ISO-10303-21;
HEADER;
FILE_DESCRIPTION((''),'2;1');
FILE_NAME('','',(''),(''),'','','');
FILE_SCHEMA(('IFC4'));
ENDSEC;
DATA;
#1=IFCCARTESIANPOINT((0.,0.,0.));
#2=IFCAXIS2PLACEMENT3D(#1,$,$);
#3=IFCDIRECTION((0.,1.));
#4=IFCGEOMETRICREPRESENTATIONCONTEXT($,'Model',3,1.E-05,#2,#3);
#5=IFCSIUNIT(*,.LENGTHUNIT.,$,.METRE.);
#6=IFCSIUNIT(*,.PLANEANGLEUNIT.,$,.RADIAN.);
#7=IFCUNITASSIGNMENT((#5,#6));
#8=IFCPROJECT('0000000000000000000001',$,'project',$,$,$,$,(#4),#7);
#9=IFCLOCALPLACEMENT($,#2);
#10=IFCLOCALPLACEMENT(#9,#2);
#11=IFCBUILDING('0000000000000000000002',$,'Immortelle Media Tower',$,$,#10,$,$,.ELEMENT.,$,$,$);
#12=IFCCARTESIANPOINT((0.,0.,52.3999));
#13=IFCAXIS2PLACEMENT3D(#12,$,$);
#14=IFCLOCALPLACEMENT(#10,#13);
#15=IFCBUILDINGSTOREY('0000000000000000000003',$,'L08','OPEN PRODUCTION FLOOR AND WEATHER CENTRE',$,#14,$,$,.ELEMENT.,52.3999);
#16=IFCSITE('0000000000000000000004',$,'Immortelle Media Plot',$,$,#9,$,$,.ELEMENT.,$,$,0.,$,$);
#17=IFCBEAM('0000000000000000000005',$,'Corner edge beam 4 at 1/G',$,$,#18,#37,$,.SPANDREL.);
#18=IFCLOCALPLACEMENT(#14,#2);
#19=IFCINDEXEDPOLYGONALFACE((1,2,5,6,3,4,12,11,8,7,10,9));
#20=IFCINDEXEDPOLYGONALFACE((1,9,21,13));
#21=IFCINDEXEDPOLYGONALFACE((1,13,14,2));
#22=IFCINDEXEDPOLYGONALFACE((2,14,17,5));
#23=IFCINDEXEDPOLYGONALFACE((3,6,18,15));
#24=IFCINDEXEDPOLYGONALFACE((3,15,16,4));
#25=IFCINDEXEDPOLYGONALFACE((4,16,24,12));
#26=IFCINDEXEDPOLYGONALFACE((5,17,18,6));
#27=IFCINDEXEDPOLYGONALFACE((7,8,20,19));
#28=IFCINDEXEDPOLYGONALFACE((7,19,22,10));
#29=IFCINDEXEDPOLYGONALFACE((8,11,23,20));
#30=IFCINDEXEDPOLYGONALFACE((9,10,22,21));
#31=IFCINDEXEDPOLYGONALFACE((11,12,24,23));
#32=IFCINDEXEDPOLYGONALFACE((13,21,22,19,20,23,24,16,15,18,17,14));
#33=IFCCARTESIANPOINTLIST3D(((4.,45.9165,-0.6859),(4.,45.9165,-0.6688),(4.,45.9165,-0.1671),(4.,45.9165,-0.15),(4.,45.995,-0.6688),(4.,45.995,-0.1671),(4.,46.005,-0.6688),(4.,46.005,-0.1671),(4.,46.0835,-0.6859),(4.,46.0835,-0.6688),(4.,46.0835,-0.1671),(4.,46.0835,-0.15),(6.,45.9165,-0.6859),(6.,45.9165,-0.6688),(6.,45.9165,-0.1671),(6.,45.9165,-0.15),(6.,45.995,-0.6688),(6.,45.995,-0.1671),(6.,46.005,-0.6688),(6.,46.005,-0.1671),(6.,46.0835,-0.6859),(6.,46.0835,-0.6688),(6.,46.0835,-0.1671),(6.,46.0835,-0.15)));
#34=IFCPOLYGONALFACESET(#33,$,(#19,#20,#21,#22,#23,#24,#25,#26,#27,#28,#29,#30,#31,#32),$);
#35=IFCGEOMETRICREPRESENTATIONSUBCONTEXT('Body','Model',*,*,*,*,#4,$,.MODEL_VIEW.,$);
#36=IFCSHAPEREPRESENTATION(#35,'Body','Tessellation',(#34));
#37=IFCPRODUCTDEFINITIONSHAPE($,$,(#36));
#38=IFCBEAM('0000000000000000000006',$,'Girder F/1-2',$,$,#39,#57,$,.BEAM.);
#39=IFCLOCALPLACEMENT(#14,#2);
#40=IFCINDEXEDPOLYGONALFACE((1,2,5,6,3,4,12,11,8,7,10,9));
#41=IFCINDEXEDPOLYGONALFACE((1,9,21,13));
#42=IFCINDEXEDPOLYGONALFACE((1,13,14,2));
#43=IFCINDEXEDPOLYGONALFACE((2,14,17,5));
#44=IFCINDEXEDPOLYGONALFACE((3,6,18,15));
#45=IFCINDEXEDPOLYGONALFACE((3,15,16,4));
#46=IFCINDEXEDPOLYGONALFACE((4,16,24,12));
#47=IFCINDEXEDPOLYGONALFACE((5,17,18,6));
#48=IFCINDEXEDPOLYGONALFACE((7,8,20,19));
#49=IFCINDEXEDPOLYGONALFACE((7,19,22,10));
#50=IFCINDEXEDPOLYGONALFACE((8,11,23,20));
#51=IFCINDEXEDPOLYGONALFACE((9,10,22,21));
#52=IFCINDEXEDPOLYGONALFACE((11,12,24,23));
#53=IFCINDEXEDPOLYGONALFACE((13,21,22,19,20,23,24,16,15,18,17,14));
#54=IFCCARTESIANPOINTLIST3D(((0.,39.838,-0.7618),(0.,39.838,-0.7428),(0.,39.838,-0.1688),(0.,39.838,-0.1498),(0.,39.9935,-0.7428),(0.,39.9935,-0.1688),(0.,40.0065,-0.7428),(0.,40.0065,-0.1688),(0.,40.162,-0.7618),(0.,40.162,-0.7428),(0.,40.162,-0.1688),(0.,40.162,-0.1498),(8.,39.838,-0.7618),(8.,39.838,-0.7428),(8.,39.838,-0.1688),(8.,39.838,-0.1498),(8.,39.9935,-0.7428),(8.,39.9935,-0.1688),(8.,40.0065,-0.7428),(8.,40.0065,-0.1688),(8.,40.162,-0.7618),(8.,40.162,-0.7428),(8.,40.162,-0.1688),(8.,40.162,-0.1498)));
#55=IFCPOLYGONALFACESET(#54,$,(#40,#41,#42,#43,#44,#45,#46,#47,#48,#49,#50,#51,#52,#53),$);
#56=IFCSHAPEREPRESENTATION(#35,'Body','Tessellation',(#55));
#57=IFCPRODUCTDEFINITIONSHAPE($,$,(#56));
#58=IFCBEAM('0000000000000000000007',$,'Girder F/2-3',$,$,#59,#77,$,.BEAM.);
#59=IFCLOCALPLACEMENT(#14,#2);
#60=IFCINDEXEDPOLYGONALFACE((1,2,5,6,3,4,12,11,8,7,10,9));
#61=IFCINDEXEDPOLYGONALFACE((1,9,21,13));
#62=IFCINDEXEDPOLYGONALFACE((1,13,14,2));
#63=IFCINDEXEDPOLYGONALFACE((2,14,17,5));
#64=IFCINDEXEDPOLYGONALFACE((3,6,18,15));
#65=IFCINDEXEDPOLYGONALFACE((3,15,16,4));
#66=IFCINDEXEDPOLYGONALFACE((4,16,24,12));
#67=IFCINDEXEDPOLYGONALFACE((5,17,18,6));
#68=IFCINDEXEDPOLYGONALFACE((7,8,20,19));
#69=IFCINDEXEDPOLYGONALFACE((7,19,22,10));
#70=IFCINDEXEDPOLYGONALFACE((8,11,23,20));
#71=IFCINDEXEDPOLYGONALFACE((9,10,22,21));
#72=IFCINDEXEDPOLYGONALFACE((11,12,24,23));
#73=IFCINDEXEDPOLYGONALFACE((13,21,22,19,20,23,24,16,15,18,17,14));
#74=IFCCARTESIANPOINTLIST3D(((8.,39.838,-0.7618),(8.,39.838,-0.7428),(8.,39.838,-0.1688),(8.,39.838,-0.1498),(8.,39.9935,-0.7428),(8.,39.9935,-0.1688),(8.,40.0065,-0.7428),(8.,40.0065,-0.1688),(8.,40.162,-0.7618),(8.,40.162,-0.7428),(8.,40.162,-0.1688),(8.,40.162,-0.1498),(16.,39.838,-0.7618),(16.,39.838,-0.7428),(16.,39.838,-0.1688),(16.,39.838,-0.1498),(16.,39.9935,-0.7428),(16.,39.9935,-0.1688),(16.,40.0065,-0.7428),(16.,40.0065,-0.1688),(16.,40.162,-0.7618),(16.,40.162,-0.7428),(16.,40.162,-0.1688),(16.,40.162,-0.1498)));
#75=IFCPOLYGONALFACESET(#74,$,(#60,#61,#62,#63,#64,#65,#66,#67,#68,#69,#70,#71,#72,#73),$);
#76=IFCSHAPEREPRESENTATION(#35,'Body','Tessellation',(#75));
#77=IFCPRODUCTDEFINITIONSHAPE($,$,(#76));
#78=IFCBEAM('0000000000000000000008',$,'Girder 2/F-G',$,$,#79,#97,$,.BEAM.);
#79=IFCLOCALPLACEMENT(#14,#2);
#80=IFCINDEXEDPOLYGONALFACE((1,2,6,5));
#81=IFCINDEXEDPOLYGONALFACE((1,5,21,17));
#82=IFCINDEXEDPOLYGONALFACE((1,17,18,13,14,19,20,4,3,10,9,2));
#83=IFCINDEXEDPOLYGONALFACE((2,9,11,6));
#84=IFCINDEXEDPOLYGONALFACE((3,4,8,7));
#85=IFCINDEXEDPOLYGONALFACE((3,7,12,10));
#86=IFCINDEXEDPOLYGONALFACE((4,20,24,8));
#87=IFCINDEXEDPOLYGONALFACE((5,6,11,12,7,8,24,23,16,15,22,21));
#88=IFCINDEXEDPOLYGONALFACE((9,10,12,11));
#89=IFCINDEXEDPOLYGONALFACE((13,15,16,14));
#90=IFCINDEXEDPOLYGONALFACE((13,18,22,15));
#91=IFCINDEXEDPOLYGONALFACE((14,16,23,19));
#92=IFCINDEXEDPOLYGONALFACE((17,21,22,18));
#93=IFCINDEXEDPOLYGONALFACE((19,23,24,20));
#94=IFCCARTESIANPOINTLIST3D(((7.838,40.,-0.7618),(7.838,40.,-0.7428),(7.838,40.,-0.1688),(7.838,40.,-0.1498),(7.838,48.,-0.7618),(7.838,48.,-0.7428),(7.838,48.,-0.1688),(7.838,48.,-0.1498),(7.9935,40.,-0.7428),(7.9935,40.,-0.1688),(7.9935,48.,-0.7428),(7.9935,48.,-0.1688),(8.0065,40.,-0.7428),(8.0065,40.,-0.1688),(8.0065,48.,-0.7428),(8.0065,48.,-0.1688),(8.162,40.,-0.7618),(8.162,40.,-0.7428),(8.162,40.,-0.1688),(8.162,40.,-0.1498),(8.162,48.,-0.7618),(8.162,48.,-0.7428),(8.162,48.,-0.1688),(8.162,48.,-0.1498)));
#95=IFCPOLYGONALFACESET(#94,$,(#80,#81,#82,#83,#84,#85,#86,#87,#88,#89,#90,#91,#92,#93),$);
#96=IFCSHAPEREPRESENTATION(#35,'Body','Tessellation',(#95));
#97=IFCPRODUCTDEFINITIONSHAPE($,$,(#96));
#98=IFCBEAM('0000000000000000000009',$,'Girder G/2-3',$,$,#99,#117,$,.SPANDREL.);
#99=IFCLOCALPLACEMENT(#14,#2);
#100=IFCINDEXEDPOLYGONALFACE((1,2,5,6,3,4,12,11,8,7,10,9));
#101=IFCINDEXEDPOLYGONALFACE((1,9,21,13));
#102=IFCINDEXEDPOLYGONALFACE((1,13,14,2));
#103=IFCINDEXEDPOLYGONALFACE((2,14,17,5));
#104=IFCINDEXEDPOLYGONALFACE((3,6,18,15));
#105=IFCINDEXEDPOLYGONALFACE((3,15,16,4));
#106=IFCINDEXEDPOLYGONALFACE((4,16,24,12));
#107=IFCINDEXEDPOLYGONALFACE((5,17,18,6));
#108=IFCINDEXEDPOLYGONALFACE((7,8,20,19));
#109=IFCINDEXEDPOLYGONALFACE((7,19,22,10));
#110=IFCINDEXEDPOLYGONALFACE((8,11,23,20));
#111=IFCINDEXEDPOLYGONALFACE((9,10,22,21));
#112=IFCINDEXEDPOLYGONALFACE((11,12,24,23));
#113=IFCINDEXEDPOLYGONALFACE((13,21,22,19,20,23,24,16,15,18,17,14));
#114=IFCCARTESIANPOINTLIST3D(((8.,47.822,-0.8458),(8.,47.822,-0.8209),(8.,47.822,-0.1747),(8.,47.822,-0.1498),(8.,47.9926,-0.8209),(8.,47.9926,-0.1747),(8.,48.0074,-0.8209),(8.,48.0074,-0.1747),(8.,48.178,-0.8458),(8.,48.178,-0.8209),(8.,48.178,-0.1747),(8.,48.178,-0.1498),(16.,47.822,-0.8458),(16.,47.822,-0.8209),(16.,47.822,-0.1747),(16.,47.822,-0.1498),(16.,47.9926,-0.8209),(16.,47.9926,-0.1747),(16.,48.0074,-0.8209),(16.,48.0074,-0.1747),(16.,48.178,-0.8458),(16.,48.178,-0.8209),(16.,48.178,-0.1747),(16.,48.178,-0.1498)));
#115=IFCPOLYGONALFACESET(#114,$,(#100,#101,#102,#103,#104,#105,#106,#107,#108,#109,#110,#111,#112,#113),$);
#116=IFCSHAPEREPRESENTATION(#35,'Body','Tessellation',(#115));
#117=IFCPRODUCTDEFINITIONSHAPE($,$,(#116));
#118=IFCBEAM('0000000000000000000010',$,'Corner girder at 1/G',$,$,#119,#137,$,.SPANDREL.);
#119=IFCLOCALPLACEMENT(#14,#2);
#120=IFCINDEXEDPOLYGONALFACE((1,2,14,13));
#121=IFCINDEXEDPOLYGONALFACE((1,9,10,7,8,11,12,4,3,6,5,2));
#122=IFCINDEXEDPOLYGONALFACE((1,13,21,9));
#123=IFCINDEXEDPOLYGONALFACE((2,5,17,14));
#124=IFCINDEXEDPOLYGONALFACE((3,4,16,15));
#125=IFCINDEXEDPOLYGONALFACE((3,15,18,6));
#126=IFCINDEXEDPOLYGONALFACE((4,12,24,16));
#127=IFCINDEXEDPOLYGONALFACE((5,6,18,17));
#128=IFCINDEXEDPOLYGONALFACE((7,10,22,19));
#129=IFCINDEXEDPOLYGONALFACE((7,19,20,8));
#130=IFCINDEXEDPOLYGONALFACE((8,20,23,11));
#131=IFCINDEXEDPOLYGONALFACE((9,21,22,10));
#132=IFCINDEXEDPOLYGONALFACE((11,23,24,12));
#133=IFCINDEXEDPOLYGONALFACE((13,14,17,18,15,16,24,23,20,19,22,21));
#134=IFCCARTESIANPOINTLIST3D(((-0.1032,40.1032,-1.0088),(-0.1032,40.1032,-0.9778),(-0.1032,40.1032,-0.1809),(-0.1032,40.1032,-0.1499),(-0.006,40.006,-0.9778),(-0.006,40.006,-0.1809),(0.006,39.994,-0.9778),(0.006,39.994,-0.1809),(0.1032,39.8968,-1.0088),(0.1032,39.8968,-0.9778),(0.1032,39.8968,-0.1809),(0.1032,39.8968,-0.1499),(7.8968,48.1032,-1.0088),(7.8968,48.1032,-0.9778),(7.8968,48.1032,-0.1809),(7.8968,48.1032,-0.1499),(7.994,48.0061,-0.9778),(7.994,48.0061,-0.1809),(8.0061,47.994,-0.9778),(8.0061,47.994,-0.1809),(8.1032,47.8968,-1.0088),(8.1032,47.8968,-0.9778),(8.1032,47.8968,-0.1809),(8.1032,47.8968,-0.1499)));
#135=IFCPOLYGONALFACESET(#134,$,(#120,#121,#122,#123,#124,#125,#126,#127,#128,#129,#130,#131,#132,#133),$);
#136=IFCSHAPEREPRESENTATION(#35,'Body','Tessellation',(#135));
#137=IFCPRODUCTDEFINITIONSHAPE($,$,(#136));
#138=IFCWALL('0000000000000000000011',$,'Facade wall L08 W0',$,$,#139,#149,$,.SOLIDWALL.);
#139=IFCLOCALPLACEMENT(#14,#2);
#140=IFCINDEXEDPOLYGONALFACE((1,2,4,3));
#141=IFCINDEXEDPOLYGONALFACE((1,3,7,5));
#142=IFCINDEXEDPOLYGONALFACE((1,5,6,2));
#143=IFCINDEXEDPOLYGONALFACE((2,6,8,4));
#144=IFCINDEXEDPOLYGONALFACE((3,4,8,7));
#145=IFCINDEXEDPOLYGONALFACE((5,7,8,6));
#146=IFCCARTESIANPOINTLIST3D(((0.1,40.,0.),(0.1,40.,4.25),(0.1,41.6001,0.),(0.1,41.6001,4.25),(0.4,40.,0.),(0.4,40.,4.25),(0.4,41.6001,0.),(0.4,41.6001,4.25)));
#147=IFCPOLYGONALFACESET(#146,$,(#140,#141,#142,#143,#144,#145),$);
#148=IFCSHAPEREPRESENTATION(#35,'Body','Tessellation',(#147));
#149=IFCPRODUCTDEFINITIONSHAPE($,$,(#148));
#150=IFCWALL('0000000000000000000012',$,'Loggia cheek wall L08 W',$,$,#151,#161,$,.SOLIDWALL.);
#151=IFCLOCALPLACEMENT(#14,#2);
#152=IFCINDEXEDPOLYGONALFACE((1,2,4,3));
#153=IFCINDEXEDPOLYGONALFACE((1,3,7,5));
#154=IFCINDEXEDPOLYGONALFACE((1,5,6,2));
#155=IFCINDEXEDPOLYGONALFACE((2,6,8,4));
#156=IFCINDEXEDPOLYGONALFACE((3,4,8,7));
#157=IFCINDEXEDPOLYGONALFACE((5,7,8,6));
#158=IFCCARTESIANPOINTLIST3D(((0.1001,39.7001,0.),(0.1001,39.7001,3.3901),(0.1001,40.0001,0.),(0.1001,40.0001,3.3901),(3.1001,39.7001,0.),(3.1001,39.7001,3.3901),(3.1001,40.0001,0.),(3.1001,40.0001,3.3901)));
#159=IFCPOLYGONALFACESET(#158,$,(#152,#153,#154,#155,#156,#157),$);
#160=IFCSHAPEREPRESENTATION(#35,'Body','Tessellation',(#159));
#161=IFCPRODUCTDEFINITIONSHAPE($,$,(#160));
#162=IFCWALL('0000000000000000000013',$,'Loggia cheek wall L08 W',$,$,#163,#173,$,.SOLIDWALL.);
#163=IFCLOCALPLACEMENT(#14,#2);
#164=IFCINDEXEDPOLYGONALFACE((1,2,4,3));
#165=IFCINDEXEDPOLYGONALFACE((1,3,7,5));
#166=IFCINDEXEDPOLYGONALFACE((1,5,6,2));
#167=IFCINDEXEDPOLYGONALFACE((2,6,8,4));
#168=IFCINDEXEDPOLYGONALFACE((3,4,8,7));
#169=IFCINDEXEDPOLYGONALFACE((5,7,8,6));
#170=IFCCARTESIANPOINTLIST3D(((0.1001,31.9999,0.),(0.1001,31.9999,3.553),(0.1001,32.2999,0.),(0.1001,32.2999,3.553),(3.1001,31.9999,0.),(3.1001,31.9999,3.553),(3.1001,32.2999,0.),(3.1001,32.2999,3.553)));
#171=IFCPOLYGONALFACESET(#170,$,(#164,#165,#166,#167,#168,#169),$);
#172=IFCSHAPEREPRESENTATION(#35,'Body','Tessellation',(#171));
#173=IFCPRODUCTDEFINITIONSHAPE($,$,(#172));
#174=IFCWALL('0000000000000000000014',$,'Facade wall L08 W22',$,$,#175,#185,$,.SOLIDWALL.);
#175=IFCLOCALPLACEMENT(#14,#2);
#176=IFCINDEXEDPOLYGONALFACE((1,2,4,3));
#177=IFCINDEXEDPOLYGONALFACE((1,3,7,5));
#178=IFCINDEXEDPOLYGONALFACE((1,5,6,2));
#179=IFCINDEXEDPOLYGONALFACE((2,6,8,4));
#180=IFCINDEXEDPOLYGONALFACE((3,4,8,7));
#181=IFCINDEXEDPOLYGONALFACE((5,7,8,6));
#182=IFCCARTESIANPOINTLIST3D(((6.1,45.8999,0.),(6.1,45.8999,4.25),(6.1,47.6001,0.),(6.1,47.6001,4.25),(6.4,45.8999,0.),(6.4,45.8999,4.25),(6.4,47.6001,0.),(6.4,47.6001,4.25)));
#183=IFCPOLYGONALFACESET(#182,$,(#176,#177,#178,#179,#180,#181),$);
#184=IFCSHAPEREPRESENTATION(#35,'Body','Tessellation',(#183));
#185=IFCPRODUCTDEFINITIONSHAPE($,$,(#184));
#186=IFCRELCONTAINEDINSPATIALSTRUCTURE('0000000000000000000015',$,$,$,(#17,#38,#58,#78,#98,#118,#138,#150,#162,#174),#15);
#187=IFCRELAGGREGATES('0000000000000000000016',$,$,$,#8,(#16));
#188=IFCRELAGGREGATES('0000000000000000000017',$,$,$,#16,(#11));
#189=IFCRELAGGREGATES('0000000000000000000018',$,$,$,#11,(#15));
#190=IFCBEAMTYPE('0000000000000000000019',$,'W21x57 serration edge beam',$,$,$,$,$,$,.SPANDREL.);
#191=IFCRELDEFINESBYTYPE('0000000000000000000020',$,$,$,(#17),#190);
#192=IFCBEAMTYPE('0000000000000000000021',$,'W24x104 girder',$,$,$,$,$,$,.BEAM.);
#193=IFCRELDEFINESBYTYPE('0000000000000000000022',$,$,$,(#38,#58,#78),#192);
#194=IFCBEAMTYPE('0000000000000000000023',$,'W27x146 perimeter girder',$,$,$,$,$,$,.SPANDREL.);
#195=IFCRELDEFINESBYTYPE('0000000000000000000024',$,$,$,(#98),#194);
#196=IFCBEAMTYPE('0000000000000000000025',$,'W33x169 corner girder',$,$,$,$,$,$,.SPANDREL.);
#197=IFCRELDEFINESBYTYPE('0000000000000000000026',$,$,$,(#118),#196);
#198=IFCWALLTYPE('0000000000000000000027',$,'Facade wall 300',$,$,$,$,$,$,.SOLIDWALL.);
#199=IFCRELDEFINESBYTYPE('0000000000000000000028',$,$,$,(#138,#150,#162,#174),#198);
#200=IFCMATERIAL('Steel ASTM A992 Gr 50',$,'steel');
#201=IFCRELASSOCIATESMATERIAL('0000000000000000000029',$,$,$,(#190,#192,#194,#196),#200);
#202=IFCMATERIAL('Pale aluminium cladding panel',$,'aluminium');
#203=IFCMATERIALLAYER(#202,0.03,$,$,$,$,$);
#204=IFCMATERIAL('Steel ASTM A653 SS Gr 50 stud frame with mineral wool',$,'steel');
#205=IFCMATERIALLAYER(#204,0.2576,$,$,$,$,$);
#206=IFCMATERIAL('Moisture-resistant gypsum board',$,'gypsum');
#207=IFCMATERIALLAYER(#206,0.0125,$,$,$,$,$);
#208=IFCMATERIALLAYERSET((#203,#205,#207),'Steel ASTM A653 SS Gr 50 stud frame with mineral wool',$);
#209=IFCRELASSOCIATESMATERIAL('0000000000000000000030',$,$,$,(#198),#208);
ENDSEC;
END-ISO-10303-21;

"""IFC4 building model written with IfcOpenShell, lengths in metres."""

from ifc_helpers import new_model, si_unit, direction, frame, frame_2d, origin, origin_2d, place, context, subcontext, project, spatial, rectangle, i_section, extrude, material, layer, layer_set, material_profile, profile_set, type_object, element, save


model = new_model("IFC4")

# Units and contexts
model_context = context("Model", 3, precision=1e-05, world=origin(), true_north=direction((0.0, 1.0)))
body_context = subcontext(model_context, "Body", "Model", "MODEL_VIEW")
ifc_project = project(units=[si_unit("LENGTHUNIT", "METRE"), si_unit("PLANEANGLEUNIT", "RADIAN")], contexts=[model_context])

# Site, building, storey
site_placement = place(None, origin())
site = spatial("IfcSite", under=ifc_project, at=site_placement, Name="Immortelle Media Plot", CompositionType="ELEMENT", RefElevation=0.0)
building_placement = place(site_placement, origin())
building = spatial("IfcBuilding", under=site, at=building_placement, Name="Immortelle Media Tower", CompositionType="ELEMENT")
storey_placement = place(building_placement, frame((0.0, 0.0, 52.3999)))
storey = spatial("IfcBuildingStorey", under=building, at=storey_placement, Name="L08", Description="OPEN PRODUCTION FLOOR AND WEATHER CENTRE", CompositionType="ELEMENT", Elevation=52.3999)

# Shared definitions
ifc_material_1 = material(Name="Steel ASTM A992 Gr 50", Category="steel")

# Beams
ifc_material_profile_1 = material_profile(ifc_material_1, i_section(OverallWidth=0.167, OverallDepth=0.5359, WebThickness=0.01, FlangeThickness=0.0171, at=origin_2d()), Name="W21x57")
ifc_profile_set_1 = profile_set([ifc_material_profile_1], Name="Steel ASTM A992 Gr 50")
beam_type_1 = type_object("IfcBeamType", Name="W21x57 serration edge beam", PredefinedType="SPANDREL", material=ifc_profile_set_1)
for number, where, z_axis, x_axis, name in (
    (1, (4.0, 46.0, -0.418), (1.0, 0.0, 0.0), (0.0, 1.0, 0.0), "Corner edge beam 4 at 1/G"),
):
    element("IfcBeam", number, at=place(storey_placement, frame(where, z_axis=z_axis, x_axis=x_axis)), inside=storey, type_object=beam_type_1, Name=name, PredefinedType="SPANDREL", context=body_context, shape_type="SweptSolid", body=[
        extrude(i_section(OverallWidth=0.167, OverallDepth=0.5359, WebThickness=0.01, FlangeThickness=0.0171, at=origin_2d()), origin(), (0.0, 0.0, 1.0), 2.0),
    ])
ifc_material_profile_2 = material_profile(ifc_material_1, i_section(OverallWidth=0.324, OverallDepth=0.6121, WebThickness=0.0129, FlangeThickness=0.019, at=origin_2d()), Name="W24x104")
ifc_profile_set_2 = profile_set([ifc_material_profile_2], Name="Steel ASTM A992 Gr 50")
beam_type_2 = type_object("IfcBeamType", Name="W24x104 girder", PredefinedType="BEAM", material=ifc_profile_set_2)
for number, where, z_axis, x_axis, name in (
    (2, (0.0, 40.0, -0.4558), (1.0, 0.0, 0.0), (0.0, 1.0, 0.0), "Girder F/1-2"),
    (3, (8.0, 40.0, -0.4558), (1.0, 0.0, 0.0), (0.0, 1.0, 0.0), "Girder F/2-3"),
    (4, (8.0, 40.0, -0.4558), (0.0, 1.0, 0.0), (-1.0, 0.0, 0.0), "Girder 2/F-G"),
):
    element("IfcBeam", number, at=place(storey_placement, frame(where, z_axis=z_axis, x_axis=x_axis)), inside=storey, type_object=beam_type_2, Name=name, PredefinedType="BEAM", context=body_context, shape_type="SweptSolid", body=[
        extrude(i_section(OverallWidth=0.324, OverallDepth=0.6121, WebThickness=0.0129, FlangeThickness=0.019, at=origin_2d()), origin(), (0.0, 0.0, 1.0), 8.0),
    ])
ifc_material_profile_3 = material_profile(ifc_material_1, i_section(OverallWidth=0.356, OverallDepth=0.696, WebThickness=0.0149, FlangeThickness=0.0249, at=origin_2d()), Name="W27x146")
ifc_profile_set_3 = profile_set([ifc_material_profile_3], Name="Steel ASTM A992 Gr 50")
beam_type_3 = type_object("IfcBeamType", Name="W27x146 perimeter girder", PredefinedType="SPANDREL", material=ifc_profile_set_3)
beam_1_placement = place(storey_placement, frame((8.0, 48.0, -0.4978), z_axis=(1.0, 0.0, 0.0), x_axis=(0.0, 1.0, 0.0)))
element("IfcBeam", 5, at=beam_1_placement, inside=storey, type_object=beam_type_3, Name="Girder G/2-3", PredefinedType="SPANDREL", context=body_context, shape_type="SweptSolid", body=[
    extrude(i_section(OverallWidth=0.356, OverallDepth=0.696, WebThickness=0.0149, FlangeThickness=0.0249, at=origin_2d()), origin(), (0.0, 0.0, 1.0), 8.0),
])
ifc_material_profile_4 = material_profile(ifc_material_1, i_section(OverallWidth=0.292, OverallDepth=0.8589, WebThickness=0.0171, FlangeThickness=0.031, at=origin_2d()), Name="W33x169")
ifc_profile_set_4 = profile_set([ifc_material_profile_4], Name="Steel ASTM A992 Gr 50")
beam_type_4 = type_object("IfcBeamType", Name="W33x169 corner girder", PredefinedType="SPANDREL", material=ifc_profile_set_4)
beam_2_placement = place(storey_placement, frame((0.0, 40.0, -0.5793), z_axis=(0.707107, 0.707107, 0.0), x_axis=(-0.707107, 0.707107, 0.0)))
element("IfcBeam", 6, at=beam_2_placement, inside=storey, type_object=beam_type_4, Name="Corner girder at 1/G", PredefinedType="SPANDREL", context=body_context, shape_type="SweptSolid", body=[
    extrude(i_section(OverallWidth=0.292, OverallDepth=0.8589, WebThickness=0.0171, FlangeThickness=0.031, at=origin_2d()), origin(), (0.0, 0.0, 1.0), 11.3137),
])

# Wall
ifc_material_2 = material(Name="Pale aluminium cladding panel", Category="aluminium")
ifc_layer_1 = layer(ifc_material_2, 0.03)
ifc_material_3 = material(Name="Steel ASTM A653 SS Gr 50 stud frame with mineral wool", Category="steel")
ifc_layer_2 = layer(ifc_material_3, 0.2576)
ifc_material_4 = material(Name="Moisture-resistant gypsum board", Category="gypsum")
ifc_layer_3 = layer(ifc_material_4, 0.0125)
ifc_layer_set_1 = layer_set([ifc_layer_1, ifc_layer_2, ifc_layer_3], Name="Steel ASTM A653 SS Gr 50 stud frame with mineral wool")
wall_type = type_object("IfcWallType", Name="Facade wall 300", PredefinedType="SOLIDWALL", material=ifc_layer_set_1)
wall_1_placement = place(storey_placement, frame((0.25, 41.6001, 0.0), z_axis=(0.0, 0.0, 1.0), x_axis=(0.0, -1.0, 0.0)))
element("IfcWall", 7, at=wall_1_placement, inside=storey, type_object=wall_type, Name="Facade wall L08 W0", PredefinedType="SOLIDWALL", context=body_context, shape_type="SweptSolid", body=[
    extrude(rectangle(XDim=1.6001, YDim=0.3, at=frame_2d((0.8, 0.0))), origin(), (0.0, 0.0, 1.0), 4.25),
])

# Walls
wall_2_placement = place(storey_placement, frame((0.1001, 39.8501, 0.0), z_axis=(0.0, 0.0, 1.0), x_axis=(1.0, 0.0, 0.0)))
element("IfcWall", 8, at=wall_2_placement, inside=storey, type_object=wall_type, Name="Loggia cheek wall L08 W", PredefinedType="SOLIDWALL", context=body_context, shape_type="SweptSolid", body=[
    extrude(rectangle(XDim=3.0, YDim=0.3, at=frame_2d((1.5, 0.0))), origin(), (0.0, 0.0, 1.0), 3.3901),
])
wall_3_placement = place(storey_placement, frame((0.1001, 32.1499, 0.0), z_axis=(0.0, 0.0, 1.0), x_axis=(1.0, 0.0, 0.0)))
element("IfcWall", 9, at=wall_3_placement, inside=storey, type_object=wall_type, Name="Loggia cheek wall L08 W", PredefinedType="SOLIDWALL", context=body_context, shape_type="SweptSolid", body=[
    extrude(rectangle(XDim=3.0, YDim=0.3, at=frame_2d((1.5, 0.0))), origin(), (0.0, 0.0, 1.0), 3.553),
])
wall_4_placement = place(storey_placement, frame((6.25, 47.6001, 0.0), z_axis=(0.0, 0.0, 1.0), x_axis=(0.0, -1.0, 0.0)))
element("IfcWall", 10, at=wall_4_placement, inside=storey, type_object=wall_type, Name="Facade wall L08 W22", PredefinedType="SOLIDWALL", context=body_context, shape_type="SweptSolid", body=[
    extrude(rectangle(XDim=1.7002, YDim=0.3, at=frame_2d((0.8501, 0.0))), origin(), (0.0, 0.0, 1.0), 4.25),
])

save(model, "model.ifc")
